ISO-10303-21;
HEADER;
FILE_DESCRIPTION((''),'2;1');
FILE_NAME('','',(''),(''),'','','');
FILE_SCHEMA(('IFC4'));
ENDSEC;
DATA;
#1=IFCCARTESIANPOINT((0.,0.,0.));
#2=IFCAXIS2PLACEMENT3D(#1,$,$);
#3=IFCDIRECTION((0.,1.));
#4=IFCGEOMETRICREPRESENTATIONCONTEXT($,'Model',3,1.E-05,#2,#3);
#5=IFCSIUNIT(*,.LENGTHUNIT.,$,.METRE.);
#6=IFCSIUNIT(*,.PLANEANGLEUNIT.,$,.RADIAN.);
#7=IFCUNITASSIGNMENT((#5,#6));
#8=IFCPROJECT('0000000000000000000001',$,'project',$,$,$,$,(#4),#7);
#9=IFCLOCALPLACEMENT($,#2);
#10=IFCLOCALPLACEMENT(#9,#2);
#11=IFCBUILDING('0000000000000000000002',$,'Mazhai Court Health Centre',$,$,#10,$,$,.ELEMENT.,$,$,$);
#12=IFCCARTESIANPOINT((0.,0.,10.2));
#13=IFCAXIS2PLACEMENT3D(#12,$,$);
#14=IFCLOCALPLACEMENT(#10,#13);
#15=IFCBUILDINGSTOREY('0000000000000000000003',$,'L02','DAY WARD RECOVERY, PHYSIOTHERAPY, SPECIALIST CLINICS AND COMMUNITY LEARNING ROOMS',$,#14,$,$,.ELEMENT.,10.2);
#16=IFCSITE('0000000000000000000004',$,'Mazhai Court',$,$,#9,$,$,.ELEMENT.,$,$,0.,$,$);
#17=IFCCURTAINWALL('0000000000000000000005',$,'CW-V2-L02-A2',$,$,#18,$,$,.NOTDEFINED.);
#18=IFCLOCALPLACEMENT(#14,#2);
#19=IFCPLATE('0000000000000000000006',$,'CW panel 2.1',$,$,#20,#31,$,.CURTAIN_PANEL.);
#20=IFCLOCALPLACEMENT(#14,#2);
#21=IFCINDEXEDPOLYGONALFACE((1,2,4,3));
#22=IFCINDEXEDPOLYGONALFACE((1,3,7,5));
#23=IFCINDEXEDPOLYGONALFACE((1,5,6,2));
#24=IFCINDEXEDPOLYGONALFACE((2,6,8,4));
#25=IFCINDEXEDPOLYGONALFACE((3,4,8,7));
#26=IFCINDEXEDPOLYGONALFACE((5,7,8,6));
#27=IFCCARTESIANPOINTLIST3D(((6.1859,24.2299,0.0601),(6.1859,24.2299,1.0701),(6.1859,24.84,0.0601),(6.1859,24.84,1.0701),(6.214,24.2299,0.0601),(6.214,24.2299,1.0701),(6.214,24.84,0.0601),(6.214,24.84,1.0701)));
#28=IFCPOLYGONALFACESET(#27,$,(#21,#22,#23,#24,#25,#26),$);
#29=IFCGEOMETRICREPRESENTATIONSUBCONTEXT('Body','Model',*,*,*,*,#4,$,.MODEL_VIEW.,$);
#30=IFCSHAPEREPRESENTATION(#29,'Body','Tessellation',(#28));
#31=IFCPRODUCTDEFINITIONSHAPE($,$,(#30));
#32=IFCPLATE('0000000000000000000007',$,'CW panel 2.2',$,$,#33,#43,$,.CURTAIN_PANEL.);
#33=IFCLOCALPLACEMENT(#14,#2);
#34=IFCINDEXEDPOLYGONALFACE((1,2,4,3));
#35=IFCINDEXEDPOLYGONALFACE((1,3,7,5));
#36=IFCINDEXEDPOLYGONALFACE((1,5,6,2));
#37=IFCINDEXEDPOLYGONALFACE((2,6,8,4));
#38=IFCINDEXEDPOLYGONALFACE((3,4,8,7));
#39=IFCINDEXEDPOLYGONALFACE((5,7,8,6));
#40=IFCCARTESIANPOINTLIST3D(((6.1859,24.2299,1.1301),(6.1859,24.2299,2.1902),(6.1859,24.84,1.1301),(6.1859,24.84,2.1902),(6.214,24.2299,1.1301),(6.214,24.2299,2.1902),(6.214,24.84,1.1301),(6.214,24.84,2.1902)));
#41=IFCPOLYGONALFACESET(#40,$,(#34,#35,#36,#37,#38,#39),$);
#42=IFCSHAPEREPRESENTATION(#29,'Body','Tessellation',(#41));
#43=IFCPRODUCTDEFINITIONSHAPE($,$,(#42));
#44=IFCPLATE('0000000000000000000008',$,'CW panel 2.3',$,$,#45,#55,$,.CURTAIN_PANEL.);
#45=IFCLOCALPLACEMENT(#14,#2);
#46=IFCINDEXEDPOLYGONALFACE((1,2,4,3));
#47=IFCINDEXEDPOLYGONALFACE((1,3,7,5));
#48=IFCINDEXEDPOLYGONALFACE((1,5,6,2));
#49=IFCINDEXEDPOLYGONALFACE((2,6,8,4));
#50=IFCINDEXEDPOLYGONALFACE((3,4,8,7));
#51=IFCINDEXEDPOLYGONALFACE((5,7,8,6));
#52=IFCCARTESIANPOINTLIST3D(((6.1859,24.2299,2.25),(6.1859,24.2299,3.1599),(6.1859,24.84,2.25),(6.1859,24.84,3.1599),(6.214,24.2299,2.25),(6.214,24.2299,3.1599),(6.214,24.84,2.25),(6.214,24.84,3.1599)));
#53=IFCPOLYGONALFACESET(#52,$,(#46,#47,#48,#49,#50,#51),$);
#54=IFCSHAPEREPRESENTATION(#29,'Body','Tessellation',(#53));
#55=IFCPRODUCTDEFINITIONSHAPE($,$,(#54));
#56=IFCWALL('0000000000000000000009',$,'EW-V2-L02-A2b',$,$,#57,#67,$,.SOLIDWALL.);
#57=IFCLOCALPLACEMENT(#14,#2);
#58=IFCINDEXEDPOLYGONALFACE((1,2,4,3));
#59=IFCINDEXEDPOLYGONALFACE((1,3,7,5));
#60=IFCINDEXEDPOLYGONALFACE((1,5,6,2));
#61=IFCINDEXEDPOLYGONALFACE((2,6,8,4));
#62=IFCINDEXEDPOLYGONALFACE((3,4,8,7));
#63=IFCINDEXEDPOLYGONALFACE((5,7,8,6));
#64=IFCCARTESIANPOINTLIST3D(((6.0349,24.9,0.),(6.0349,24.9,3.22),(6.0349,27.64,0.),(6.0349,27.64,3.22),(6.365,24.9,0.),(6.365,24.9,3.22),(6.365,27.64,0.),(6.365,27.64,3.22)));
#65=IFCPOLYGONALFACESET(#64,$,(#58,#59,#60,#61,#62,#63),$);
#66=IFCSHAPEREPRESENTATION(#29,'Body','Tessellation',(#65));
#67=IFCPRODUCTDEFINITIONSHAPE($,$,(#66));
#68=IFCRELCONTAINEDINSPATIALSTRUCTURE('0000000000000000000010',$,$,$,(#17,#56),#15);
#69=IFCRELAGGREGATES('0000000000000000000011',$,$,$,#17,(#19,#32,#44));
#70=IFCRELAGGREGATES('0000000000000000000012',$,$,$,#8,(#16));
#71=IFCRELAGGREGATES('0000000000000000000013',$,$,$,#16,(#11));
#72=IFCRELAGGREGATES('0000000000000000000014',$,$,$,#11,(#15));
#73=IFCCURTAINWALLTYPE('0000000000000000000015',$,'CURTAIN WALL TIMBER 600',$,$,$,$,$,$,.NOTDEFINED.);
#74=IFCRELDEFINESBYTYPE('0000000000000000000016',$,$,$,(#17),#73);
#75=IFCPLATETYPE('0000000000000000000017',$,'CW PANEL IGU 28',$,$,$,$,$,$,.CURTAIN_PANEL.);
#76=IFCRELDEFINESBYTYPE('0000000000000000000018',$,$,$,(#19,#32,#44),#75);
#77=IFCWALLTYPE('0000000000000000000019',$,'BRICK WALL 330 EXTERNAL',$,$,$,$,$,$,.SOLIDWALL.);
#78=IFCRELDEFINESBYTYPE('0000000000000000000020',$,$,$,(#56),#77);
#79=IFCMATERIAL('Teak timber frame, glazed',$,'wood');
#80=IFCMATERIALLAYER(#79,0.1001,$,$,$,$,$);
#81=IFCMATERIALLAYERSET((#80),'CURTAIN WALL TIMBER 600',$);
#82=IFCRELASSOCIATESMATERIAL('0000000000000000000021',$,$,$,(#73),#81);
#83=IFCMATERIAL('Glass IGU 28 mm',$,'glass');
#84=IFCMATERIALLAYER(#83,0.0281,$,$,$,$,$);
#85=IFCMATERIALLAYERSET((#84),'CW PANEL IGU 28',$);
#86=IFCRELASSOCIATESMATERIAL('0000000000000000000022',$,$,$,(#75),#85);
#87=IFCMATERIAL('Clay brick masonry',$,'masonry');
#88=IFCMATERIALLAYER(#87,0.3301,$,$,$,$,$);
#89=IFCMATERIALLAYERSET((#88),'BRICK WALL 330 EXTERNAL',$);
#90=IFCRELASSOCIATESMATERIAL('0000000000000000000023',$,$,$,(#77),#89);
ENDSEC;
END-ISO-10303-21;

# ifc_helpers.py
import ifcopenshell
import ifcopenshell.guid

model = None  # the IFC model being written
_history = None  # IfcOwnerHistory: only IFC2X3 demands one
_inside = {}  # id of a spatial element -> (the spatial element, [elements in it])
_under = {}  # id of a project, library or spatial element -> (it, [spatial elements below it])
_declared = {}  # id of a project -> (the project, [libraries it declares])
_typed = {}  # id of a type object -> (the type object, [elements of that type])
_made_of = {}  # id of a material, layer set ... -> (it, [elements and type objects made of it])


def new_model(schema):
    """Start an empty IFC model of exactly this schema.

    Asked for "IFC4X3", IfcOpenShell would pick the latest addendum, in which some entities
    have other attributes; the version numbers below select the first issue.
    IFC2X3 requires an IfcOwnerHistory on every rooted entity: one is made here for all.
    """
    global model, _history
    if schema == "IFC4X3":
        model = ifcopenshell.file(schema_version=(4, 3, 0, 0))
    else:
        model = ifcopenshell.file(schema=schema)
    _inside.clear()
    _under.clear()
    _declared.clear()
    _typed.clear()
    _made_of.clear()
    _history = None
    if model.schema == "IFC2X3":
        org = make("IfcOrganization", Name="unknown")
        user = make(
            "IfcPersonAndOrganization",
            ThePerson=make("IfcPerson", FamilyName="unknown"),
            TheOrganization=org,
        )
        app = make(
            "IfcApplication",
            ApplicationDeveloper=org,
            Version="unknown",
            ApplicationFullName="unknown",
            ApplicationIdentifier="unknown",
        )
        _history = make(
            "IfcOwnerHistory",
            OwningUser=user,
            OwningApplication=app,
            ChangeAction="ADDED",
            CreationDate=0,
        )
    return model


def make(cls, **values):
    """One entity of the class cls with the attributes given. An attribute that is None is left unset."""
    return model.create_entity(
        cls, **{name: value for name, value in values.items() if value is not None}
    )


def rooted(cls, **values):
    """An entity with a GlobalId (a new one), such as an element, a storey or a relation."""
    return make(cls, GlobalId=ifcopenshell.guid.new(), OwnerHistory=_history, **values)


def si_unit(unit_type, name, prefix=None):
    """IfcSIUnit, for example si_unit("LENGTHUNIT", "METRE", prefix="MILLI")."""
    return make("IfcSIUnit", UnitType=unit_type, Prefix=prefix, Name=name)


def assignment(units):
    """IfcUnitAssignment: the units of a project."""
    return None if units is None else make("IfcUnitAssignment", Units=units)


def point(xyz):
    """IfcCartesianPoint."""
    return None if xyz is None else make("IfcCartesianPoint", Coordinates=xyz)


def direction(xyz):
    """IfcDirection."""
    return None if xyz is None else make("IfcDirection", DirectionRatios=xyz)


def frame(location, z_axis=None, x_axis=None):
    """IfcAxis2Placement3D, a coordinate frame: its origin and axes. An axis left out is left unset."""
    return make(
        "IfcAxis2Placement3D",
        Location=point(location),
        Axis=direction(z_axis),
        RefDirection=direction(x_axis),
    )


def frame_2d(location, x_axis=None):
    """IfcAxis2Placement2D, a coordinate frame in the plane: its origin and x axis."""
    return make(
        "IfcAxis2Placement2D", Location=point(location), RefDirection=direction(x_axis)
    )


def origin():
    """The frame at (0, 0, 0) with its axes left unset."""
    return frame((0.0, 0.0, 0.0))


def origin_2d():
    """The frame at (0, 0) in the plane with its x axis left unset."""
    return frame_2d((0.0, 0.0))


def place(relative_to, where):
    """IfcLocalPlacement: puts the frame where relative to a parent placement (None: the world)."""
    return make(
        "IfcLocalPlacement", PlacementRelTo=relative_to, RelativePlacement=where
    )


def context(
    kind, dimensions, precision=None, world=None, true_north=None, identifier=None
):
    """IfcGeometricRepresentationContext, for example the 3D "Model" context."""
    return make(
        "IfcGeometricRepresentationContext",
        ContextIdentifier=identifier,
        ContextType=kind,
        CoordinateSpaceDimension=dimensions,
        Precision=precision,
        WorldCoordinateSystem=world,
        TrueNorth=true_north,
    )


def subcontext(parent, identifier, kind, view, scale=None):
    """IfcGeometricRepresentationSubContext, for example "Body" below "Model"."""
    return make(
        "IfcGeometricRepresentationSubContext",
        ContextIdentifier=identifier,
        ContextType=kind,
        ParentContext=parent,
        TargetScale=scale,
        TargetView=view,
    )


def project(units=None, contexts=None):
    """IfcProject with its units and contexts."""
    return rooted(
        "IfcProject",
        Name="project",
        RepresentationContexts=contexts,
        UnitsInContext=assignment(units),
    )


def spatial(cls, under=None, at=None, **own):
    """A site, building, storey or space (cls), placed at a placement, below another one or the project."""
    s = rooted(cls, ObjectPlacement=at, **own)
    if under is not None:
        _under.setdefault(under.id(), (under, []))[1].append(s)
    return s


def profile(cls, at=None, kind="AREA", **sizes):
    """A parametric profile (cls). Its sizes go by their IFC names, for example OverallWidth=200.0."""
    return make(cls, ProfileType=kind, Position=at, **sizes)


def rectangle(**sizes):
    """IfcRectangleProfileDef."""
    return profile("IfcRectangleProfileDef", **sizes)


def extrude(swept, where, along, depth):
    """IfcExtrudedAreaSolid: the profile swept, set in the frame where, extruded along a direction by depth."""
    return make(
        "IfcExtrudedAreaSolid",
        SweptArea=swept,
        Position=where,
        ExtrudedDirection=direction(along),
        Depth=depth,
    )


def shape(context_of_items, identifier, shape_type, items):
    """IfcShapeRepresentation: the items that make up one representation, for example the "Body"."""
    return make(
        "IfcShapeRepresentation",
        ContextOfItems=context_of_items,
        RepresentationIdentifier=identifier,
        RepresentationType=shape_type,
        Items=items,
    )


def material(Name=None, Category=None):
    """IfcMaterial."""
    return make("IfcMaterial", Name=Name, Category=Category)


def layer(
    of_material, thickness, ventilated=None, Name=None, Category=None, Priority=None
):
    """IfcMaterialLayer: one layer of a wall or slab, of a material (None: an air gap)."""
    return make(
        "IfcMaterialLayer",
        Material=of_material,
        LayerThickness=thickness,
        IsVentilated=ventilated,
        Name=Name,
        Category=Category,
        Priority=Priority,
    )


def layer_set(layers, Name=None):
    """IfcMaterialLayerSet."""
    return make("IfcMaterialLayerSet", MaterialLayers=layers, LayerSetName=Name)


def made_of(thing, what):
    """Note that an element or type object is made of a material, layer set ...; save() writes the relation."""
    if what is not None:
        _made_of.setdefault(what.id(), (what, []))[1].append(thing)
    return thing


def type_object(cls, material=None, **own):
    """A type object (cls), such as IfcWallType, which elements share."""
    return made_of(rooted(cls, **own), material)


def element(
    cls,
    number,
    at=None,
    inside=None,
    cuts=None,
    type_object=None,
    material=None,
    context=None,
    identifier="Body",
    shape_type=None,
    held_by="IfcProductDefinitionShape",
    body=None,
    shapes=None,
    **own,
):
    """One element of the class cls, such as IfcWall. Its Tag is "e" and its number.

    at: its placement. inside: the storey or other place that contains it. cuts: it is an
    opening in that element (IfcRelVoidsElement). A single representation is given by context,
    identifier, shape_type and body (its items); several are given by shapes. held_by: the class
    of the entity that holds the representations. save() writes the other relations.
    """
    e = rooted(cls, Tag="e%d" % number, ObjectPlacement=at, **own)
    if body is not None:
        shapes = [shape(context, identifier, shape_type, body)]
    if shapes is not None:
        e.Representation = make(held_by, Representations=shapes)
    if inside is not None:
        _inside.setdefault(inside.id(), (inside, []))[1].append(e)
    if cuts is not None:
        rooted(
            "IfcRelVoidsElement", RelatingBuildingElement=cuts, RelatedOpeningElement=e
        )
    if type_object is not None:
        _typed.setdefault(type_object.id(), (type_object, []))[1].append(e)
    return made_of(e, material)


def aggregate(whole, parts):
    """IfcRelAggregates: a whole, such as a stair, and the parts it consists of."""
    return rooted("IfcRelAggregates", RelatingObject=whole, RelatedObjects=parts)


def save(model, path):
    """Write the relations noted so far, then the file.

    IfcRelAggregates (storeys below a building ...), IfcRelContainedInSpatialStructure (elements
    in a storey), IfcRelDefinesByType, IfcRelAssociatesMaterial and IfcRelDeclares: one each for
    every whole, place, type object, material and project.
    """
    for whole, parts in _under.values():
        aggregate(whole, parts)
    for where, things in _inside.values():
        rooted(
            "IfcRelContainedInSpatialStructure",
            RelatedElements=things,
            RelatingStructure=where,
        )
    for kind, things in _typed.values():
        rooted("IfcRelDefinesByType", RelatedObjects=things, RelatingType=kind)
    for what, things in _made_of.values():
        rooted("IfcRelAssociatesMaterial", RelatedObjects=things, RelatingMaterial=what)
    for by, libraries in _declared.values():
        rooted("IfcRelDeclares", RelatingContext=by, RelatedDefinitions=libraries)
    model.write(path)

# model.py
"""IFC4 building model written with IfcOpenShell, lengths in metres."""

from ifc_helpers import new_model, si_unit, direction, frame, frame_2d, origin, origin_2d, place, context, subcontext, project, spatial, rectangle, extrude, material, layer, layer_set, type_object, element, aggregate, save


model = new_model("IFC4")

# Units and contexts
model_context = context("Model", 3, precision=1e-05, world=origin(), true_north=direction((0.0, 1.0)))
body_context = subcontext(model_context, "Body", "Model", "MODEL_VIEW")
ifc_project = project(units=[si_unit("LENGTHUNIT", "METRE"), si_unit("PLANEANGLEUNIT", "RADIAN")], contexts=[model_context])

# Site, building, storey
site_placement = place(None, origin())
site = spatial("IfcSite", under=ifc_project, at=site_placement, Name="Mazhai Court", CompositionType="ELEMENT", RefElevation=0.0)
building_placement = place(site_placement, origin())
building = spatial("IfcBuilding", under=site, at=building_placement, Name="Mazhai Court Health Centre", CompositionType="ELEMENT")
storey_placement = place(building_placement, frame((0.0, 0.0, 10.2)))
storey = spatial("IfcBuildingStorey", under=building, at=storey_placement, Name="L02", Description="DAY WARD RECOVERY, PHYSIOTHERAPY, SPECIALIST CLINICS AND COMMUNITY LEARNING ROOMS", CompositionType="ELEMENT", Elevation=10.2)

# Curtain wall, plates
ifc_material_1 = material(Name="Teak timber frame, glazed", Category="wood")
ifc_layer_1 = layer(ifc_material_1, 0.1001)
ifc_layer_set_1 = layer_set([ifc_layer_1], Name="CURTAIN WALL TIMBER 600")
curtain_wall_type = type_object("IfcCurtainWallType", Name="CURTAIN WALL TIMBER 600", PredefinedType="NOTDEFINED", material=ifc_layer_set_1)
curtain_wall_placement = place(storey_placement, origin())
curtain_wall = element("IfcCurtainWall", 1, at=curtain_wall_placement, inside=storey, type_object=curtain_wall_type, Name="CW-V2-L02-A2", PredefinedType="NOTDEFINED")
ifc_material_2 = material(Name="Glass IGU 28 mm", Category="glass")
ifc_layer_2 = layer(ifc_material_2, 0.0281)
ifc_layer_set_2 = layer_set([ifc_layer_2], Name="CW PANEL IGU 28")
plate_type = type_object("IfcPlateType", Name="CW PANEL IGU 28", PredefinedType="CURTAIN_PANEL", material=ifc_layer_set_2)
plate_1_placement = place(storey_placement, frame((6.2, 24.5349, 0.0601), z_axis=(0.0, 0.0, 1.0), x_axis=(0.0, 1.0, 0.0)))
plate_1 = element("IfcPlate", 2, at=plate_1_placement, type_object=plate_type, Name="CW panel 2.1", PredefinedType="CURTAIN_PANEL", context=body_context, shape_type="SweptSolid", body=[
    extrude(rectangle(XDim=0.6101, YDim=0.0281, at=origin_2d()), origin(), (0.0, 0.0, 1.0), 1.01),
])
plate_2_placement = place(storey_placement, frame((6.2, 24.5349, 1.1301), z_axis=(0.0, 0.0, 1.0), x_axis=(0.0, 1.0, 0.0)))
plate_2 = element("IfcPlate", 3, at=plate_2_placement, type_object=plate_type, Name="CW panel 2.2", PredefinedType="CURTAIN_PANEL", context=body_context, shape_type="SweptSolid", body=[
    extrude(rectangle(XDim=0.6101, YDim=0.0281, at=origin_2d()), origin(), (0.0, 0.0, 1.0), 1.0601),
])
plate_3_placement = place(storey_placement, frame((6.2, 24.5349, 2.25), z_axis=(0.0, 0.0, 1.0), x_axis=(0.0, 1.0, 0.0)))
plate_3 = element("IfcPlate", 4, at=plate_3_placement, type_object=plate_type, Name="CW panel 2.3", PredefinedType="CURTAIN_PANEL", context=body_context, shape_type="SweptSolid", body=[
    extrude(rectangle(XDim=0.6101, YDim=0.0281, at=origin_2d()), origin(), (0.0, 0.0, 1.0), 0.9099),
])
aggregate(curtain_wall, [plate_1, plate_2, plate_3])

# Wall
ifc_material_3 = material(Name="Clay brick masonry", Category="masonry")
ifc_layer_3 = layer(ifc_material_3, 0.3301)
ifc_layer_set_3 = layer_set([ifc_layer_3], Name="BRICK WALL 330 EXTERNAL")
wall_type = type_object("IfcWallType", Name="BRICK WALL 330 EXTERNAL", PredefinedType="SOLIDWALL", material=ifc_layer_set_3)
wall_placement = place(storey_placement, frame((6.2, 24.8999, 0.0), z_axis=(0.0, 0.0, 1.0), x_axis=(0.0, 1.0, 0.0)))
element("IfcWall", 5, at=wall_placement, inside=storey, type_object=wall_type, Name="EW-V2-L02-A2b", PredefinedType="SOLIDWALL", context=body_context, shape_type="SweptSolid", body=[
    extrude(rectangle(XDim=2.74, YDim=0.3301, at=frame_2d((1.3701, 0.0))), origin(), (0.0, 0.0, 1.0), 3.22),
])

save(model, "model.ifc")
